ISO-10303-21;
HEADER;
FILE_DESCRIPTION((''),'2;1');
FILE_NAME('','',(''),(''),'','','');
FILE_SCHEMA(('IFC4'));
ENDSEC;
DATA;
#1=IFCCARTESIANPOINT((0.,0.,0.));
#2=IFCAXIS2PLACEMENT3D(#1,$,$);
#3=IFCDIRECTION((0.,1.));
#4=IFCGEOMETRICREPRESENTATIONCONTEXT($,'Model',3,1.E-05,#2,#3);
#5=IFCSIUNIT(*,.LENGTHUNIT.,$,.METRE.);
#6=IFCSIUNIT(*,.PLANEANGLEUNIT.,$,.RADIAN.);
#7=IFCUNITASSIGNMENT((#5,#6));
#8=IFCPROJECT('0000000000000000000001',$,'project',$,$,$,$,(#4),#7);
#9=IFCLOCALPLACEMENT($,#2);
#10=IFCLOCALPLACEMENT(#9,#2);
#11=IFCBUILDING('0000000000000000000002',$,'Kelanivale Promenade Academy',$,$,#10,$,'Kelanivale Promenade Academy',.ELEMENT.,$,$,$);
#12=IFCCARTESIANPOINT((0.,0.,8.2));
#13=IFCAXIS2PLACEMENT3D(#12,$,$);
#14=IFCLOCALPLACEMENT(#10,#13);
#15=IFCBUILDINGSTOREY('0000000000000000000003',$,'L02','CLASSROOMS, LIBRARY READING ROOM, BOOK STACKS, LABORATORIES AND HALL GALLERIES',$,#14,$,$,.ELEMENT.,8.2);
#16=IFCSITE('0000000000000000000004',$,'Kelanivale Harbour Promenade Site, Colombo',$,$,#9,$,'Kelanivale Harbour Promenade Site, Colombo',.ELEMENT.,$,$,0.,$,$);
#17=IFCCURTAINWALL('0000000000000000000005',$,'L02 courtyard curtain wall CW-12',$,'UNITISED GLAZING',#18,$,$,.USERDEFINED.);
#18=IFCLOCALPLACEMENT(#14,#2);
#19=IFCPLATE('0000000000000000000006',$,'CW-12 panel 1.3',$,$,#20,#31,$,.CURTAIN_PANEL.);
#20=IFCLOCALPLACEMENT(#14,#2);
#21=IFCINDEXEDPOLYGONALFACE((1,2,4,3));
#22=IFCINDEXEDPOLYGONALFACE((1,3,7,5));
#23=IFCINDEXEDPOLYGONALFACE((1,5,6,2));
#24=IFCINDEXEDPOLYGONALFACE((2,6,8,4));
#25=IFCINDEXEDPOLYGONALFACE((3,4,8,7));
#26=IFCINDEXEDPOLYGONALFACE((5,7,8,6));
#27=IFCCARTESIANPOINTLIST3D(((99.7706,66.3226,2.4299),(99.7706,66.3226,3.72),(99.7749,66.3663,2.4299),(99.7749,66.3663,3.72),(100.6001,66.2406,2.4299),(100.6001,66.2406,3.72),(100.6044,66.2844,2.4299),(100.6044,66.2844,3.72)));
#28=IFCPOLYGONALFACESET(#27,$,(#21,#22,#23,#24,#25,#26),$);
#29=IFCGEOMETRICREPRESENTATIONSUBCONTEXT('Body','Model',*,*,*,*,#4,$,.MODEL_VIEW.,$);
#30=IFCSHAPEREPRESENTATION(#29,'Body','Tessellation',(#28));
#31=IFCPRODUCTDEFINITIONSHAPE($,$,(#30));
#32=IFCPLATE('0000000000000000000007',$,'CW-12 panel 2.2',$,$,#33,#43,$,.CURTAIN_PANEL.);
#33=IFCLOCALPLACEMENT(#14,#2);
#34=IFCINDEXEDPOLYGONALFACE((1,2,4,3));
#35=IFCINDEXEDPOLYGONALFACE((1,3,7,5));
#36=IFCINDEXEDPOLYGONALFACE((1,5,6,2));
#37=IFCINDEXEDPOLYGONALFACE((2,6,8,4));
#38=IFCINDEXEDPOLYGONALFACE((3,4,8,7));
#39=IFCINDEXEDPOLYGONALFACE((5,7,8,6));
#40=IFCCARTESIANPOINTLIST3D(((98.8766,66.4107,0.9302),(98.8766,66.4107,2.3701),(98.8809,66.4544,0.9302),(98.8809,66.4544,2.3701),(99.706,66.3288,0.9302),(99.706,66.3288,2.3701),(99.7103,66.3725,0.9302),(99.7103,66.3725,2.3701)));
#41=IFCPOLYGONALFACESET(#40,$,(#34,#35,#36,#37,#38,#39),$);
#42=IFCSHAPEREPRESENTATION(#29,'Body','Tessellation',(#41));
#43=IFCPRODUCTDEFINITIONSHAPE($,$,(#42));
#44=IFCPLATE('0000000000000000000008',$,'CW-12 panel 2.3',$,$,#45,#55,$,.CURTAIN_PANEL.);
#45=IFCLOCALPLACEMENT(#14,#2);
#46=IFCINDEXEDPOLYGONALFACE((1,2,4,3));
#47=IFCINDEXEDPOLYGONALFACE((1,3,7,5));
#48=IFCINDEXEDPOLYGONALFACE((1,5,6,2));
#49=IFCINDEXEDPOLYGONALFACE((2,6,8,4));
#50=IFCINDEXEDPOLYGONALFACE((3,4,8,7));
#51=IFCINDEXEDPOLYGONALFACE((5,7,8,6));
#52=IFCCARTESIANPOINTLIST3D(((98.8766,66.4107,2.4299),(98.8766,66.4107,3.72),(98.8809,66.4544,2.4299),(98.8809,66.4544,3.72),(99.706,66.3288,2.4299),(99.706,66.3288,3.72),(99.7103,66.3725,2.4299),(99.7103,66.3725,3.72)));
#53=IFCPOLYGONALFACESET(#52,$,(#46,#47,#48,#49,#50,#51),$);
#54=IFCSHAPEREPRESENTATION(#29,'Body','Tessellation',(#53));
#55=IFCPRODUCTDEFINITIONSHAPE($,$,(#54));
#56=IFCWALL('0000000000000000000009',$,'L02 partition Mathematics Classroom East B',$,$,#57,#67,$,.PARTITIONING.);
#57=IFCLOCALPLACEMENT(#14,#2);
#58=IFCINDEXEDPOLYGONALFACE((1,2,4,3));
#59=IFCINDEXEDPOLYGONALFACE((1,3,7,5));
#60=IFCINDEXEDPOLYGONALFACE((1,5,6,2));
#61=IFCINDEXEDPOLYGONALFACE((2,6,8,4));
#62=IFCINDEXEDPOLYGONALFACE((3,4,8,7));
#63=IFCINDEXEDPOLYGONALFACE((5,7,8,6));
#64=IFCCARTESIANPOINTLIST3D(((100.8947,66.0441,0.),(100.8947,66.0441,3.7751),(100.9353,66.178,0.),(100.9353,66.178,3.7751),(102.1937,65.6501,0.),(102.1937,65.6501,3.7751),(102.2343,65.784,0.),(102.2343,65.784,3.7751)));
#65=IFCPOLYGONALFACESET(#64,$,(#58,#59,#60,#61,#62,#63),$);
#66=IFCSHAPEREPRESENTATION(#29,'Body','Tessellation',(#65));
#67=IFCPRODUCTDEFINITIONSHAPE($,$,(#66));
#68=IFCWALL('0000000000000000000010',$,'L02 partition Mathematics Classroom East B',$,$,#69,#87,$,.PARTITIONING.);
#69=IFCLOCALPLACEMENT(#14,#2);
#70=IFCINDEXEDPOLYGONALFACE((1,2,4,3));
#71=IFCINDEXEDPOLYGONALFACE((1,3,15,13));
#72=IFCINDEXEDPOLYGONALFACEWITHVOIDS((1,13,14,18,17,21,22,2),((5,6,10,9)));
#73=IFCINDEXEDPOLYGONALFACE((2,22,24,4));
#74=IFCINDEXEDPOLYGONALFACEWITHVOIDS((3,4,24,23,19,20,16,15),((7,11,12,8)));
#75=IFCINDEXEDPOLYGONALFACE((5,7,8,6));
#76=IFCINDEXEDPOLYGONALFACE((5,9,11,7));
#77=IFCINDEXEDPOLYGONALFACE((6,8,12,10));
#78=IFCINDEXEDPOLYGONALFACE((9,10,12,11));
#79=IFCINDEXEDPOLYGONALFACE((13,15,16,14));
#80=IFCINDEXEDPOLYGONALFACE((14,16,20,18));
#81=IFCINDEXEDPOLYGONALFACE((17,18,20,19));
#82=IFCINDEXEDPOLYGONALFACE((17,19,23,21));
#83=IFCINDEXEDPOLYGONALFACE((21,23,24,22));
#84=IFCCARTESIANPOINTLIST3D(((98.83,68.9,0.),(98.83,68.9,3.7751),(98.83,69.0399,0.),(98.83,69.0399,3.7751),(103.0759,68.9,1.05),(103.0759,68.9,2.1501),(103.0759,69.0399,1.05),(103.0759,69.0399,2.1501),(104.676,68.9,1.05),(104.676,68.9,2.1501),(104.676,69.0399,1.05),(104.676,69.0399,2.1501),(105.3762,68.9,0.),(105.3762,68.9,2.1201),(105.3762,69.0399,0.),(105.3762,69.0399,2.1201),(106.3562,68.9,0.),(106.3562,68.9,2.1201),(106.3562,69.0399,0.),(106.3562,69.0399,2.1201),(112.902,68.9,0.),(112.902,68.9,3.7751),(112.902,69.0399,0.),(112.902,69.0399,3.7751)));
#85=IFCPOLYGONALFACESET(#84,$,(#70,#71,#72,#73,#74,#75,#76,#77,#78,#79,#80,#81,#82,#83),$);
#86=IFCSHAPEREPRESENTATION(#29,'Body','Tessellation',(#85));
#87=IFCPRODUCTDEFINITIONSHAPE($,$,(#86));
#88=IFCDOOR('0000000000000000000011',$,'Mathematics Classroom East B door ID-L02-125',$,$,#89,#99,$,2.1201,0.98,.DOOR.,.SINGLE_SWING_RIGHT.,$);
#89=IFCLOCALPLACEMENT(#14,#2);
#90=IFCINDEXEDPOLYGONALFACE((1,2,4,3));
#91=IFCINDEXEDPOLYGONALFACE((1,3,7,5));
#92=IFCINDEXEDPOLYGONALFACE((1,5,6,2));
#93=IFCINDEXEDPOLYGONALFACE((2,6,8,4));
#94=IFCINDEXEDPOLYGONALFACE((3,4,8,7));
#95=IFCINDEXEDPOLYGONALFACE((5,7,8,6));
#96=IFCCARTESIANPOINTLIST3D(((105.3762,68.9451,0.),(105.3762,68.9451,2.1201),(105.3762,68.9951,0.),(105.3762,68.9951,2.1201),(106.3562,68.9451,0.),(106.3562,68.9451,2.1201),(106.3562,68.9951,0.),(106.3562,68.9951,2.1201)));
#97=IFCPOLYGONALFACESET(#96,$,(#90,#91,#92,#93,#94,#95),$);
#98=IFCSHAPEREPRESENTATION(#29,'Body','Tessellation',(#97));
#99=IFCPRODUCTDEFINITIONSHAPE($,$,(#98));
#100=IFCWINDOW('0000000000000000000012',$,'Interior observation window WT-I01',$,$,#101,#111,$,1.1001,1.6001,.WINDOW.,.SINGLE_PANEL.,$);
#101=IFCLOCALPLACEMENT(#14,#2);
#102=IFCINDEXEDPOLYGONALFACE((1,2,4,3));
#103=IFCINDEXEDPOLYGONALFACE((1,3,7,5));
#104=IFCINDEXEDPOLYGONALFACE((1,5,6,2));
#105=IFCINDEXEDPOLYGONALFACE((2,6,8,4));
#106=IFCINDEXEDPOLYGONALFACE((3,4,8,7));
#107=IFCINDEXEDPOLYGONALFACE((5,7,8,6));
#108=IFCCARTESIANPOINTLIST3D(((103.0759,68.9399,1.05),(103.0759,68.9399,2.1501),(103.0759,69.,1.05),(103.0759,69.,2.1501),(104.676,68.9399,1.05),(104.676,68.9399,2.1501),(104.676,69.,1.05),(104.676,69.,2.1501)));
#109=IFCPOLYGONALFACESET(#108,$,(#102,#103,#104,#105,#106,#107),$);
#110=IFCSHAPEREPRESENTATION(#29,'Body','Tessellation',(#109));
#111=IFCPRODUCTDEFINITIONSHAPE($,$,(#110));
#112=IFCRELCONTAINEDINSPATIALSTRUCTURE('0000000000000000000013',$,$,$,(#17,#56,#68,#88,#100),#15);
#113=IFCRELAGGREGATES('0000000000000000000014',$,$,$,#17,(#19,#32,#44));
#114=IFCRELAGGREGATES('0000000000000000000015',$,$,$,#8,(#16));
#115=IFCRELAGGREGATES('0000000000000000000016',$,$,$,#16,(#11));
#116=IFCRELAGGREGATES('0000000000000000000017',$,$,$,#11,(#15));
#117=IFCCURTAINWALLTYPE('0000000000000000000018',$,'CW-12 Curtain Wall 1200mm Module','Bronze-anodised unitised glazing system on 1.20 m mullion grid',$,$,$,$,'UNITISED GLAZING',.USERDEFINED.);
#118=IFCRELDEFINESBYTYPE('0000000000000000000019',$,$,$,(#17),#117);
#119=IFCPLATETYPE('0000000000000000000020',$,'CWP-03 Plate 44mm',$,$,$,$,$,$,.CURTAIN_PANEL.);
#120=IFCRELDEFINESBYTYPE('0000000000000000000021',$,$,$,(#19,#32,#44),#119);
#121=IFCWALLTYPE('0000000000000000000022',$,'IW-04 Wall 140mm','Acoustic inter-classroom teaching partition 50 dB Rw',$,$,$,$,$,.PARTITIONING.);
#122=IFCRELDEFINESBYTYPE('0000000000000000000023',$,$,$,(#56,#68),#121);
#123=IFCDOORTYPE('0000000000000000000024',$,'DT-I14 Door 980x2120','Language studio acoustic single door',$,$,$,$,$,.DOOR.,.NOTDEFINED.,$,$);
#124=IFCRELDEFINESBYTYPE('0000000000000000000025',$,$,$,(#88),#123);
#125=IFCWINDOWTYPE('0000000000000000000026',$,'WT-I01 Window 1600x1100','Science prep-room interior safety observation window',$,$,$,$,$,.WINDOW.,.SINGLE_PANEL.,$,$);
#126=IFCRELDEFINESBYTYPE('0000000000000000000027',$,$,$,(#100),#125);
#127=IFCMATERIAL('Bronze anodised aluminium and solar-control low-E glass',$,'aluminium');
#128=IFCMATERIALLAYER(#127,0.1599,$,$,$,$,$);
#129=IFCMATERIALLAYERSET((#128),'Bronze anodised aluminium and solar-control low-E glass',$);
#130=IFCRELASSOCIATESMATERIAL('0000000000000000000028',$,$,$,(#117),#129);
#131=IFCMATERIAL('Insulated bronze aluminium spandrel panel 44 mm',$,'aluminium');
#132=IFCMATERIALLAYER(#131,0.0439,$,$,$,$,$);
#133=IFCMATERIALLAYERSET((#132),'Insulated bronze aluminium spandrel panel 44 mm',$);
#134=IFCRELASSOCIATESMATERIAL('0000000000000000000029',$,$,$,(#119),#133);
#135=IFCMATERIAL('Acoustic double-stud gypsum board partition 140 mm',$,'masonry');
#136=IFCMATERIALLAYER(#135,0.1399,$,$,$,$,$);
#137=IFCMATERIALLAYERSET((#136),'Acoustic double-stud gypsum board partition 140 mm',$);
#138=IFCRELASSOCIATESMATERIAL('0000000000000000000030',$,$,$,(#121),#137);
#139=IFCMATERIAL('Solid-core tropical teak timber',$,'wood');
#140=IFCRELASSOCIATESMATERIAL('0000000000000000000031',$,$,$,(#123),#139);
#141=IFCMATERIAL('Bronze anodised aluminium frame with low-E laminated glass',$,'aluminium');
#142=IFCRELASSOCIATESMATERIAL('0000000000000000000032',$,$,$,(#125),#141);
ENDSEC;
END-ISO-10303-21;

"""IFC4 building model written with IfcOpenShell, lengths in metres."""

from ifc_helpers import new_model, si_unit, direction, frame, frame_2d, origin, origin_2d, place, context, subcontext, project, spatial, rectangle, extrude, material, layer, layer_set, type_object, element, fill, aggregate, save


model = new_model("IFC4")

# Units and contexts
model_context = context("Model", 3, precision=1e-05, world=origin(), true_north=direction((0.0, 1.0)))
body_context = subcontext(model_context, "Body", "Model", "MODEL_VIEW")
ifc_project = project(units=[si_unit("LENGTHUNIT", "METRE"), si_unit("PLANEANGLEUNIT", "RADIAN")], contexts=[model_context])

# Site, building, storey
site_placement = place(None, origin())
site = spatial("IfcSite", under=ifc_project, at=site_placement, Name="Kelanivale Harbour Promenade Site, Colombo", LongName="Kelanivale Harbour Promenade Site, Colombo", CompositionType="ELEMENT", RefElevation=0.0)
building_placement = place(site_placement, origin())
building = spatial("IfcBuilding", under=site, at=building_placement, Name="Kelanivale Promenade Academy", LongName="Kelanivale Promenade Academy", CompositionType="ELEMENT")
storey_placement = place(building_placement, frame((0.0, 0.0, 8.2)))
storey = spatial("IfcBuildingStorey", under=building, at=storey_placement, Name="L02", Description="CLASSROOMS, LIBRARY READING ROOM, BOOK STACKS, LABORATORIES AND HALL GALLERIES", CompositionType="ELEMENT", Elevation=8.2)

# Shared definitions
ifc_material_1 = material(Name="Bronze anodised aluminium and solar-control low-E glass", Category="aluminium")

# Curtain wall
ifc_layer_1 = layer(ifc_material_1, 0.1599)
ifc_layer_set_1 = layer_set([ifc_layer_1], Name="Bronze anodised aluminium and solar-control low-E glass")
curtain_wall_type_1 = type_object("IfcCurtainWallType", Name="CW-12 Curtain Wall 1200mm Module", Description="Bronze-anodised unitised glazing system on 1.20 m mullion grid", ElementType="UNITISED GLAZING", PredefinedType="USERDEFINED", material=ifc_layer_set_1)
curtain_wall_1_placement = place(storey_placement, origin())
curtain_wall_1 = element("IfcCurtainWall", 1, at=curtain_wall_1_placement, inside=storey, type_object=curtain_wall_type_1, Name="L02 courtyard curtain wall CW-12", ObjectType="UNITISED GLAZING", PredefinedType="USERDEFINED")

# Plates
ifc_material_2 = material(Name="Insulated bronze aluminium spandrel panel 44 mm", Category="aluminium")
ifc_layer_2 = layer(ifc_material_2, 0.0439)
ifc_layer_set_2 = layer_set([ifc_layer_2], Name="Insulated bronze aluminium spandrel panel 44 mm")
plate_type_1 = type_object("IfcPlateType", Name="CWP-03 Plate 44mm", PredefinedType="CURTAIN_PANEL", material=ifc_layer_set_2)
plate_1_placement = place(storey_placement, frame((100.1875, 66.3035, 2.4299), z_axis=(0.0, 0.0, 1.0), x_axis=(-0.995159, 0.098281, 0.0)))
plate_1 = element("IfcPlate", 2, at=plate_1_placement, type_object=plate_type_1, Name="CW-12 panel 1.3", PredefinedType="CURTAIN_PANEL", context=body_context, shape_type="SweptSolid", body=[
    extrude(rectangle(XDim=0.8335, YDim=0.0439, at=origin_2d()), origin(), (0.0, 0.0, 1.0), 1.29),
])
plate_2_placement = place(storey_placement, frame((99.2935, 66.3916, 0.9302), z_axis=(0.0, 0.0, 1.0), x_axis=(-0.995159, 0.098281, 0.0)))
plate_2 = element("IfcPlate", 3, at=plate_2_placement, type_object=plate_type_1, Name="CW-12 panel 2.2", PredefinedType="CURTAIN_PANEL", context=body_context, shape_type="SweptSolid", body=[
    extrude(rectangle(XDim=0.8335, YDim=0.0439, at=origin_2d()), origin(), (0.0, 0.0, 1.0), 1.4399),
])
plate_3_placement = place(storey_placement, frame((99.2935, 66.3916, 2.4299), z_axis=(0.0, 0.0, 1.0), x_axis=(-0.995159, 0.098281, 0.0)))
plate_3 = element("IfcPlate", 4, at=plate_3_placement, type_object=plate_type_1, Name="CW-12 panel 2.3", PredefinedType="CURTAIN_PANEL", context=body_context, shape_type="SweptSolid", body=[
    extrude(rectangle(XDim=0.8335, YDim=0.0439, at=origin_2d()), origin(), (0.0, 0.0, 1.0), 1.29),
])
aggregate(curtain_wall_1, [plate_1, plate_2, plate_3])

# Wall
ifc_material_3 = material(Name="Acoustic double-stud gypsum board partition 140 mm", Category="masonry")
ifc_layer_3 = layer(ifc_material_3, 0.1399)
ifc_layer_set_3 = layer_set([ifc_layer_3], Name="Acoustic double-stud gypsum board partition 140 mm")
wall_type_1 = type_object("IfcWallType", Name="IW-04 Wall 140mm", Description="Acoustic inter-classroom teaching partition 50 dB Rw", PredefinedType="PARTITIONING", material=ifc_layer_set_3)
wall_1_placement = place(storey_placement, frame((100.915, 66.1111, 0.0), z_axis=(0.0, 0.0, 1.0), x_axis=(0.956946, -0.290267, 0.0)))
element("IfcWall", 5, at=wall_1_placement, inside=storey, type_object=wall_type_1, Name="L02 partition Mathematics Classroom East B", PredefinedType="PARTITIONING", context=body_context, shape_type="SweptSolid", body=[
    extrude(rectangle(XDim=1.3574, YDim=0.1399, at=frame_2d((0.6787, 0.0))), origin(), (0.0, 0.0, 1.0), 3.7751),
])

# Wall, openings, door, window
wall_2_placement = place(storey_placement, frame((112.9021, 68.97, 0.0), z_axis=(0.0, 0.0, 1.0), x_axis=(-1.0, 0.0, 0.0)))
wall_2 = element("IfcWall", 6, at=wall_2_placement, inside=storey, type_object=wall_type_1, Name="L02 partition Mathematics Classroom East B", PredefinedType="PARTITIONING", context=body_context, shape_type="SweptSolid", body=[
    extrude(rectangle(XDim=14.072, YDim=0.1399, at=frame_2d((7.0361, 0.0))), origin(), (0.0, 0.0, 1.0), 3.7751),
])
opening_1_placement = place(wall_2_placement, frame((6.5459, 0.0, 0.0)))
opening_1 = element("IfcOpeningElement", 7, at=opening_1_placement, cuts=wall_2, PredefinedType="OPENING", context=body_context, shape_type="SweptSolid", body=[
    extrude(rectangle(XDim=0.98, YDim=2.1201, at=frame_2d((0.49, 1.0601))), frame((0.0, 0.0801, 0.0), z_axis=(0.0, -1.0, 0.0), x_axis=(1.0, 0.0, 0.0)), (0.0, 0.0, 1.0), 0.1599),
])
opening_2_placement = place(wall_2_placement, frame((8.2261, 0.0, 1.05)))
opening_2 = element("IfcOpeningElement", 8, at=opening_2_placement, cuts=wall_2, PredefinedType="OPENING", context=body_context, shape_type="SweptSolid", body=[
    extrude(rectangle(XDim=1.6001, YDim=1.1001, at=frame_2d((0.8, 0.55))), frame((0.0, 0.0801, 0.0), z_axis=(0.0, -1.0, 0.0), x_axis=(1.0, 0.0, 0.0)), (0.0, 0.0, 1.0), 0.1599),
])
ifc_material_4 = material(Name="Solid-core tropical teak timber", Category="wood")
door_type_1 = type_object("IfcDoorType", Name="DT-I14 Door 980x2120", Description="Language studio acoustic single door", OperationType="NOTDEFINED", PredefinedType="DOOR", material=ifc_material_4)
door_1_placement = place(opening_1_placement, origin())
door_1 = element("IfcDoor", 9, at=door_1_placement, inside=storey, type_object=door_type_1, Name="Mathematics Classroom East B door ID-L02-125", OperationType="SINGLE_SWING_RIGHT", OverallHeight=2.1201, OverallWidth=0.98, PredefinedType="DOOR", context=body_context, shape_type="SweptSolid", body=[
    extrude(rectangle(XDim=0.98, YDim=2.1201, at=frame_2d((0.49, 1.0601))), frame((0.0, 0.0249, 0.0), z_axis=(0.0, -1.0, 0.0), x_axis=(1.0, 0.0, 0.0)), (0.0, 0.0, 1.0), 0.05),
])
fill(opening_1, door_1)
ifc_material_5 = material(Name="Bronze anodised aluminium frame with low-E laminated glass", Category="aluminium")
window_type = type_object("IfcWindowType", Name="WT-I01 Window 1600x1100", Description="Science prep-room interior safety observation window", PartitioningType="SINGLE_PANEL", PredefinedType="WINDOW", material=ifc_material_5)
window_placement = place(opening_2_placement, origin())
window = element("IfcWindow", 10, at=window_placement, inside=storey, type_object=window_type, Name="Interior observation window WT-I01", OverallHeight=1.1001, OverallWidth=1.6001, PartitioningType="SINGLE_PANEL", PredefinedType="WINDOW", context=body_context, shape_type="SweptSolid", body=[
    extrude(rectangle(XDim=1.6001, YDim=1.1001, at=frame_2d((0.8, 0.55))), frame((0.0, 0.03, 0.0), z_axis=(0.0, -1.0, 0.0), x_axis=(1.0, 0.0, 0.0)), (0.0, 0.0, 1.0), 0.0601),
])
fill(opening_2, window)

save(model, "model.ifc")
